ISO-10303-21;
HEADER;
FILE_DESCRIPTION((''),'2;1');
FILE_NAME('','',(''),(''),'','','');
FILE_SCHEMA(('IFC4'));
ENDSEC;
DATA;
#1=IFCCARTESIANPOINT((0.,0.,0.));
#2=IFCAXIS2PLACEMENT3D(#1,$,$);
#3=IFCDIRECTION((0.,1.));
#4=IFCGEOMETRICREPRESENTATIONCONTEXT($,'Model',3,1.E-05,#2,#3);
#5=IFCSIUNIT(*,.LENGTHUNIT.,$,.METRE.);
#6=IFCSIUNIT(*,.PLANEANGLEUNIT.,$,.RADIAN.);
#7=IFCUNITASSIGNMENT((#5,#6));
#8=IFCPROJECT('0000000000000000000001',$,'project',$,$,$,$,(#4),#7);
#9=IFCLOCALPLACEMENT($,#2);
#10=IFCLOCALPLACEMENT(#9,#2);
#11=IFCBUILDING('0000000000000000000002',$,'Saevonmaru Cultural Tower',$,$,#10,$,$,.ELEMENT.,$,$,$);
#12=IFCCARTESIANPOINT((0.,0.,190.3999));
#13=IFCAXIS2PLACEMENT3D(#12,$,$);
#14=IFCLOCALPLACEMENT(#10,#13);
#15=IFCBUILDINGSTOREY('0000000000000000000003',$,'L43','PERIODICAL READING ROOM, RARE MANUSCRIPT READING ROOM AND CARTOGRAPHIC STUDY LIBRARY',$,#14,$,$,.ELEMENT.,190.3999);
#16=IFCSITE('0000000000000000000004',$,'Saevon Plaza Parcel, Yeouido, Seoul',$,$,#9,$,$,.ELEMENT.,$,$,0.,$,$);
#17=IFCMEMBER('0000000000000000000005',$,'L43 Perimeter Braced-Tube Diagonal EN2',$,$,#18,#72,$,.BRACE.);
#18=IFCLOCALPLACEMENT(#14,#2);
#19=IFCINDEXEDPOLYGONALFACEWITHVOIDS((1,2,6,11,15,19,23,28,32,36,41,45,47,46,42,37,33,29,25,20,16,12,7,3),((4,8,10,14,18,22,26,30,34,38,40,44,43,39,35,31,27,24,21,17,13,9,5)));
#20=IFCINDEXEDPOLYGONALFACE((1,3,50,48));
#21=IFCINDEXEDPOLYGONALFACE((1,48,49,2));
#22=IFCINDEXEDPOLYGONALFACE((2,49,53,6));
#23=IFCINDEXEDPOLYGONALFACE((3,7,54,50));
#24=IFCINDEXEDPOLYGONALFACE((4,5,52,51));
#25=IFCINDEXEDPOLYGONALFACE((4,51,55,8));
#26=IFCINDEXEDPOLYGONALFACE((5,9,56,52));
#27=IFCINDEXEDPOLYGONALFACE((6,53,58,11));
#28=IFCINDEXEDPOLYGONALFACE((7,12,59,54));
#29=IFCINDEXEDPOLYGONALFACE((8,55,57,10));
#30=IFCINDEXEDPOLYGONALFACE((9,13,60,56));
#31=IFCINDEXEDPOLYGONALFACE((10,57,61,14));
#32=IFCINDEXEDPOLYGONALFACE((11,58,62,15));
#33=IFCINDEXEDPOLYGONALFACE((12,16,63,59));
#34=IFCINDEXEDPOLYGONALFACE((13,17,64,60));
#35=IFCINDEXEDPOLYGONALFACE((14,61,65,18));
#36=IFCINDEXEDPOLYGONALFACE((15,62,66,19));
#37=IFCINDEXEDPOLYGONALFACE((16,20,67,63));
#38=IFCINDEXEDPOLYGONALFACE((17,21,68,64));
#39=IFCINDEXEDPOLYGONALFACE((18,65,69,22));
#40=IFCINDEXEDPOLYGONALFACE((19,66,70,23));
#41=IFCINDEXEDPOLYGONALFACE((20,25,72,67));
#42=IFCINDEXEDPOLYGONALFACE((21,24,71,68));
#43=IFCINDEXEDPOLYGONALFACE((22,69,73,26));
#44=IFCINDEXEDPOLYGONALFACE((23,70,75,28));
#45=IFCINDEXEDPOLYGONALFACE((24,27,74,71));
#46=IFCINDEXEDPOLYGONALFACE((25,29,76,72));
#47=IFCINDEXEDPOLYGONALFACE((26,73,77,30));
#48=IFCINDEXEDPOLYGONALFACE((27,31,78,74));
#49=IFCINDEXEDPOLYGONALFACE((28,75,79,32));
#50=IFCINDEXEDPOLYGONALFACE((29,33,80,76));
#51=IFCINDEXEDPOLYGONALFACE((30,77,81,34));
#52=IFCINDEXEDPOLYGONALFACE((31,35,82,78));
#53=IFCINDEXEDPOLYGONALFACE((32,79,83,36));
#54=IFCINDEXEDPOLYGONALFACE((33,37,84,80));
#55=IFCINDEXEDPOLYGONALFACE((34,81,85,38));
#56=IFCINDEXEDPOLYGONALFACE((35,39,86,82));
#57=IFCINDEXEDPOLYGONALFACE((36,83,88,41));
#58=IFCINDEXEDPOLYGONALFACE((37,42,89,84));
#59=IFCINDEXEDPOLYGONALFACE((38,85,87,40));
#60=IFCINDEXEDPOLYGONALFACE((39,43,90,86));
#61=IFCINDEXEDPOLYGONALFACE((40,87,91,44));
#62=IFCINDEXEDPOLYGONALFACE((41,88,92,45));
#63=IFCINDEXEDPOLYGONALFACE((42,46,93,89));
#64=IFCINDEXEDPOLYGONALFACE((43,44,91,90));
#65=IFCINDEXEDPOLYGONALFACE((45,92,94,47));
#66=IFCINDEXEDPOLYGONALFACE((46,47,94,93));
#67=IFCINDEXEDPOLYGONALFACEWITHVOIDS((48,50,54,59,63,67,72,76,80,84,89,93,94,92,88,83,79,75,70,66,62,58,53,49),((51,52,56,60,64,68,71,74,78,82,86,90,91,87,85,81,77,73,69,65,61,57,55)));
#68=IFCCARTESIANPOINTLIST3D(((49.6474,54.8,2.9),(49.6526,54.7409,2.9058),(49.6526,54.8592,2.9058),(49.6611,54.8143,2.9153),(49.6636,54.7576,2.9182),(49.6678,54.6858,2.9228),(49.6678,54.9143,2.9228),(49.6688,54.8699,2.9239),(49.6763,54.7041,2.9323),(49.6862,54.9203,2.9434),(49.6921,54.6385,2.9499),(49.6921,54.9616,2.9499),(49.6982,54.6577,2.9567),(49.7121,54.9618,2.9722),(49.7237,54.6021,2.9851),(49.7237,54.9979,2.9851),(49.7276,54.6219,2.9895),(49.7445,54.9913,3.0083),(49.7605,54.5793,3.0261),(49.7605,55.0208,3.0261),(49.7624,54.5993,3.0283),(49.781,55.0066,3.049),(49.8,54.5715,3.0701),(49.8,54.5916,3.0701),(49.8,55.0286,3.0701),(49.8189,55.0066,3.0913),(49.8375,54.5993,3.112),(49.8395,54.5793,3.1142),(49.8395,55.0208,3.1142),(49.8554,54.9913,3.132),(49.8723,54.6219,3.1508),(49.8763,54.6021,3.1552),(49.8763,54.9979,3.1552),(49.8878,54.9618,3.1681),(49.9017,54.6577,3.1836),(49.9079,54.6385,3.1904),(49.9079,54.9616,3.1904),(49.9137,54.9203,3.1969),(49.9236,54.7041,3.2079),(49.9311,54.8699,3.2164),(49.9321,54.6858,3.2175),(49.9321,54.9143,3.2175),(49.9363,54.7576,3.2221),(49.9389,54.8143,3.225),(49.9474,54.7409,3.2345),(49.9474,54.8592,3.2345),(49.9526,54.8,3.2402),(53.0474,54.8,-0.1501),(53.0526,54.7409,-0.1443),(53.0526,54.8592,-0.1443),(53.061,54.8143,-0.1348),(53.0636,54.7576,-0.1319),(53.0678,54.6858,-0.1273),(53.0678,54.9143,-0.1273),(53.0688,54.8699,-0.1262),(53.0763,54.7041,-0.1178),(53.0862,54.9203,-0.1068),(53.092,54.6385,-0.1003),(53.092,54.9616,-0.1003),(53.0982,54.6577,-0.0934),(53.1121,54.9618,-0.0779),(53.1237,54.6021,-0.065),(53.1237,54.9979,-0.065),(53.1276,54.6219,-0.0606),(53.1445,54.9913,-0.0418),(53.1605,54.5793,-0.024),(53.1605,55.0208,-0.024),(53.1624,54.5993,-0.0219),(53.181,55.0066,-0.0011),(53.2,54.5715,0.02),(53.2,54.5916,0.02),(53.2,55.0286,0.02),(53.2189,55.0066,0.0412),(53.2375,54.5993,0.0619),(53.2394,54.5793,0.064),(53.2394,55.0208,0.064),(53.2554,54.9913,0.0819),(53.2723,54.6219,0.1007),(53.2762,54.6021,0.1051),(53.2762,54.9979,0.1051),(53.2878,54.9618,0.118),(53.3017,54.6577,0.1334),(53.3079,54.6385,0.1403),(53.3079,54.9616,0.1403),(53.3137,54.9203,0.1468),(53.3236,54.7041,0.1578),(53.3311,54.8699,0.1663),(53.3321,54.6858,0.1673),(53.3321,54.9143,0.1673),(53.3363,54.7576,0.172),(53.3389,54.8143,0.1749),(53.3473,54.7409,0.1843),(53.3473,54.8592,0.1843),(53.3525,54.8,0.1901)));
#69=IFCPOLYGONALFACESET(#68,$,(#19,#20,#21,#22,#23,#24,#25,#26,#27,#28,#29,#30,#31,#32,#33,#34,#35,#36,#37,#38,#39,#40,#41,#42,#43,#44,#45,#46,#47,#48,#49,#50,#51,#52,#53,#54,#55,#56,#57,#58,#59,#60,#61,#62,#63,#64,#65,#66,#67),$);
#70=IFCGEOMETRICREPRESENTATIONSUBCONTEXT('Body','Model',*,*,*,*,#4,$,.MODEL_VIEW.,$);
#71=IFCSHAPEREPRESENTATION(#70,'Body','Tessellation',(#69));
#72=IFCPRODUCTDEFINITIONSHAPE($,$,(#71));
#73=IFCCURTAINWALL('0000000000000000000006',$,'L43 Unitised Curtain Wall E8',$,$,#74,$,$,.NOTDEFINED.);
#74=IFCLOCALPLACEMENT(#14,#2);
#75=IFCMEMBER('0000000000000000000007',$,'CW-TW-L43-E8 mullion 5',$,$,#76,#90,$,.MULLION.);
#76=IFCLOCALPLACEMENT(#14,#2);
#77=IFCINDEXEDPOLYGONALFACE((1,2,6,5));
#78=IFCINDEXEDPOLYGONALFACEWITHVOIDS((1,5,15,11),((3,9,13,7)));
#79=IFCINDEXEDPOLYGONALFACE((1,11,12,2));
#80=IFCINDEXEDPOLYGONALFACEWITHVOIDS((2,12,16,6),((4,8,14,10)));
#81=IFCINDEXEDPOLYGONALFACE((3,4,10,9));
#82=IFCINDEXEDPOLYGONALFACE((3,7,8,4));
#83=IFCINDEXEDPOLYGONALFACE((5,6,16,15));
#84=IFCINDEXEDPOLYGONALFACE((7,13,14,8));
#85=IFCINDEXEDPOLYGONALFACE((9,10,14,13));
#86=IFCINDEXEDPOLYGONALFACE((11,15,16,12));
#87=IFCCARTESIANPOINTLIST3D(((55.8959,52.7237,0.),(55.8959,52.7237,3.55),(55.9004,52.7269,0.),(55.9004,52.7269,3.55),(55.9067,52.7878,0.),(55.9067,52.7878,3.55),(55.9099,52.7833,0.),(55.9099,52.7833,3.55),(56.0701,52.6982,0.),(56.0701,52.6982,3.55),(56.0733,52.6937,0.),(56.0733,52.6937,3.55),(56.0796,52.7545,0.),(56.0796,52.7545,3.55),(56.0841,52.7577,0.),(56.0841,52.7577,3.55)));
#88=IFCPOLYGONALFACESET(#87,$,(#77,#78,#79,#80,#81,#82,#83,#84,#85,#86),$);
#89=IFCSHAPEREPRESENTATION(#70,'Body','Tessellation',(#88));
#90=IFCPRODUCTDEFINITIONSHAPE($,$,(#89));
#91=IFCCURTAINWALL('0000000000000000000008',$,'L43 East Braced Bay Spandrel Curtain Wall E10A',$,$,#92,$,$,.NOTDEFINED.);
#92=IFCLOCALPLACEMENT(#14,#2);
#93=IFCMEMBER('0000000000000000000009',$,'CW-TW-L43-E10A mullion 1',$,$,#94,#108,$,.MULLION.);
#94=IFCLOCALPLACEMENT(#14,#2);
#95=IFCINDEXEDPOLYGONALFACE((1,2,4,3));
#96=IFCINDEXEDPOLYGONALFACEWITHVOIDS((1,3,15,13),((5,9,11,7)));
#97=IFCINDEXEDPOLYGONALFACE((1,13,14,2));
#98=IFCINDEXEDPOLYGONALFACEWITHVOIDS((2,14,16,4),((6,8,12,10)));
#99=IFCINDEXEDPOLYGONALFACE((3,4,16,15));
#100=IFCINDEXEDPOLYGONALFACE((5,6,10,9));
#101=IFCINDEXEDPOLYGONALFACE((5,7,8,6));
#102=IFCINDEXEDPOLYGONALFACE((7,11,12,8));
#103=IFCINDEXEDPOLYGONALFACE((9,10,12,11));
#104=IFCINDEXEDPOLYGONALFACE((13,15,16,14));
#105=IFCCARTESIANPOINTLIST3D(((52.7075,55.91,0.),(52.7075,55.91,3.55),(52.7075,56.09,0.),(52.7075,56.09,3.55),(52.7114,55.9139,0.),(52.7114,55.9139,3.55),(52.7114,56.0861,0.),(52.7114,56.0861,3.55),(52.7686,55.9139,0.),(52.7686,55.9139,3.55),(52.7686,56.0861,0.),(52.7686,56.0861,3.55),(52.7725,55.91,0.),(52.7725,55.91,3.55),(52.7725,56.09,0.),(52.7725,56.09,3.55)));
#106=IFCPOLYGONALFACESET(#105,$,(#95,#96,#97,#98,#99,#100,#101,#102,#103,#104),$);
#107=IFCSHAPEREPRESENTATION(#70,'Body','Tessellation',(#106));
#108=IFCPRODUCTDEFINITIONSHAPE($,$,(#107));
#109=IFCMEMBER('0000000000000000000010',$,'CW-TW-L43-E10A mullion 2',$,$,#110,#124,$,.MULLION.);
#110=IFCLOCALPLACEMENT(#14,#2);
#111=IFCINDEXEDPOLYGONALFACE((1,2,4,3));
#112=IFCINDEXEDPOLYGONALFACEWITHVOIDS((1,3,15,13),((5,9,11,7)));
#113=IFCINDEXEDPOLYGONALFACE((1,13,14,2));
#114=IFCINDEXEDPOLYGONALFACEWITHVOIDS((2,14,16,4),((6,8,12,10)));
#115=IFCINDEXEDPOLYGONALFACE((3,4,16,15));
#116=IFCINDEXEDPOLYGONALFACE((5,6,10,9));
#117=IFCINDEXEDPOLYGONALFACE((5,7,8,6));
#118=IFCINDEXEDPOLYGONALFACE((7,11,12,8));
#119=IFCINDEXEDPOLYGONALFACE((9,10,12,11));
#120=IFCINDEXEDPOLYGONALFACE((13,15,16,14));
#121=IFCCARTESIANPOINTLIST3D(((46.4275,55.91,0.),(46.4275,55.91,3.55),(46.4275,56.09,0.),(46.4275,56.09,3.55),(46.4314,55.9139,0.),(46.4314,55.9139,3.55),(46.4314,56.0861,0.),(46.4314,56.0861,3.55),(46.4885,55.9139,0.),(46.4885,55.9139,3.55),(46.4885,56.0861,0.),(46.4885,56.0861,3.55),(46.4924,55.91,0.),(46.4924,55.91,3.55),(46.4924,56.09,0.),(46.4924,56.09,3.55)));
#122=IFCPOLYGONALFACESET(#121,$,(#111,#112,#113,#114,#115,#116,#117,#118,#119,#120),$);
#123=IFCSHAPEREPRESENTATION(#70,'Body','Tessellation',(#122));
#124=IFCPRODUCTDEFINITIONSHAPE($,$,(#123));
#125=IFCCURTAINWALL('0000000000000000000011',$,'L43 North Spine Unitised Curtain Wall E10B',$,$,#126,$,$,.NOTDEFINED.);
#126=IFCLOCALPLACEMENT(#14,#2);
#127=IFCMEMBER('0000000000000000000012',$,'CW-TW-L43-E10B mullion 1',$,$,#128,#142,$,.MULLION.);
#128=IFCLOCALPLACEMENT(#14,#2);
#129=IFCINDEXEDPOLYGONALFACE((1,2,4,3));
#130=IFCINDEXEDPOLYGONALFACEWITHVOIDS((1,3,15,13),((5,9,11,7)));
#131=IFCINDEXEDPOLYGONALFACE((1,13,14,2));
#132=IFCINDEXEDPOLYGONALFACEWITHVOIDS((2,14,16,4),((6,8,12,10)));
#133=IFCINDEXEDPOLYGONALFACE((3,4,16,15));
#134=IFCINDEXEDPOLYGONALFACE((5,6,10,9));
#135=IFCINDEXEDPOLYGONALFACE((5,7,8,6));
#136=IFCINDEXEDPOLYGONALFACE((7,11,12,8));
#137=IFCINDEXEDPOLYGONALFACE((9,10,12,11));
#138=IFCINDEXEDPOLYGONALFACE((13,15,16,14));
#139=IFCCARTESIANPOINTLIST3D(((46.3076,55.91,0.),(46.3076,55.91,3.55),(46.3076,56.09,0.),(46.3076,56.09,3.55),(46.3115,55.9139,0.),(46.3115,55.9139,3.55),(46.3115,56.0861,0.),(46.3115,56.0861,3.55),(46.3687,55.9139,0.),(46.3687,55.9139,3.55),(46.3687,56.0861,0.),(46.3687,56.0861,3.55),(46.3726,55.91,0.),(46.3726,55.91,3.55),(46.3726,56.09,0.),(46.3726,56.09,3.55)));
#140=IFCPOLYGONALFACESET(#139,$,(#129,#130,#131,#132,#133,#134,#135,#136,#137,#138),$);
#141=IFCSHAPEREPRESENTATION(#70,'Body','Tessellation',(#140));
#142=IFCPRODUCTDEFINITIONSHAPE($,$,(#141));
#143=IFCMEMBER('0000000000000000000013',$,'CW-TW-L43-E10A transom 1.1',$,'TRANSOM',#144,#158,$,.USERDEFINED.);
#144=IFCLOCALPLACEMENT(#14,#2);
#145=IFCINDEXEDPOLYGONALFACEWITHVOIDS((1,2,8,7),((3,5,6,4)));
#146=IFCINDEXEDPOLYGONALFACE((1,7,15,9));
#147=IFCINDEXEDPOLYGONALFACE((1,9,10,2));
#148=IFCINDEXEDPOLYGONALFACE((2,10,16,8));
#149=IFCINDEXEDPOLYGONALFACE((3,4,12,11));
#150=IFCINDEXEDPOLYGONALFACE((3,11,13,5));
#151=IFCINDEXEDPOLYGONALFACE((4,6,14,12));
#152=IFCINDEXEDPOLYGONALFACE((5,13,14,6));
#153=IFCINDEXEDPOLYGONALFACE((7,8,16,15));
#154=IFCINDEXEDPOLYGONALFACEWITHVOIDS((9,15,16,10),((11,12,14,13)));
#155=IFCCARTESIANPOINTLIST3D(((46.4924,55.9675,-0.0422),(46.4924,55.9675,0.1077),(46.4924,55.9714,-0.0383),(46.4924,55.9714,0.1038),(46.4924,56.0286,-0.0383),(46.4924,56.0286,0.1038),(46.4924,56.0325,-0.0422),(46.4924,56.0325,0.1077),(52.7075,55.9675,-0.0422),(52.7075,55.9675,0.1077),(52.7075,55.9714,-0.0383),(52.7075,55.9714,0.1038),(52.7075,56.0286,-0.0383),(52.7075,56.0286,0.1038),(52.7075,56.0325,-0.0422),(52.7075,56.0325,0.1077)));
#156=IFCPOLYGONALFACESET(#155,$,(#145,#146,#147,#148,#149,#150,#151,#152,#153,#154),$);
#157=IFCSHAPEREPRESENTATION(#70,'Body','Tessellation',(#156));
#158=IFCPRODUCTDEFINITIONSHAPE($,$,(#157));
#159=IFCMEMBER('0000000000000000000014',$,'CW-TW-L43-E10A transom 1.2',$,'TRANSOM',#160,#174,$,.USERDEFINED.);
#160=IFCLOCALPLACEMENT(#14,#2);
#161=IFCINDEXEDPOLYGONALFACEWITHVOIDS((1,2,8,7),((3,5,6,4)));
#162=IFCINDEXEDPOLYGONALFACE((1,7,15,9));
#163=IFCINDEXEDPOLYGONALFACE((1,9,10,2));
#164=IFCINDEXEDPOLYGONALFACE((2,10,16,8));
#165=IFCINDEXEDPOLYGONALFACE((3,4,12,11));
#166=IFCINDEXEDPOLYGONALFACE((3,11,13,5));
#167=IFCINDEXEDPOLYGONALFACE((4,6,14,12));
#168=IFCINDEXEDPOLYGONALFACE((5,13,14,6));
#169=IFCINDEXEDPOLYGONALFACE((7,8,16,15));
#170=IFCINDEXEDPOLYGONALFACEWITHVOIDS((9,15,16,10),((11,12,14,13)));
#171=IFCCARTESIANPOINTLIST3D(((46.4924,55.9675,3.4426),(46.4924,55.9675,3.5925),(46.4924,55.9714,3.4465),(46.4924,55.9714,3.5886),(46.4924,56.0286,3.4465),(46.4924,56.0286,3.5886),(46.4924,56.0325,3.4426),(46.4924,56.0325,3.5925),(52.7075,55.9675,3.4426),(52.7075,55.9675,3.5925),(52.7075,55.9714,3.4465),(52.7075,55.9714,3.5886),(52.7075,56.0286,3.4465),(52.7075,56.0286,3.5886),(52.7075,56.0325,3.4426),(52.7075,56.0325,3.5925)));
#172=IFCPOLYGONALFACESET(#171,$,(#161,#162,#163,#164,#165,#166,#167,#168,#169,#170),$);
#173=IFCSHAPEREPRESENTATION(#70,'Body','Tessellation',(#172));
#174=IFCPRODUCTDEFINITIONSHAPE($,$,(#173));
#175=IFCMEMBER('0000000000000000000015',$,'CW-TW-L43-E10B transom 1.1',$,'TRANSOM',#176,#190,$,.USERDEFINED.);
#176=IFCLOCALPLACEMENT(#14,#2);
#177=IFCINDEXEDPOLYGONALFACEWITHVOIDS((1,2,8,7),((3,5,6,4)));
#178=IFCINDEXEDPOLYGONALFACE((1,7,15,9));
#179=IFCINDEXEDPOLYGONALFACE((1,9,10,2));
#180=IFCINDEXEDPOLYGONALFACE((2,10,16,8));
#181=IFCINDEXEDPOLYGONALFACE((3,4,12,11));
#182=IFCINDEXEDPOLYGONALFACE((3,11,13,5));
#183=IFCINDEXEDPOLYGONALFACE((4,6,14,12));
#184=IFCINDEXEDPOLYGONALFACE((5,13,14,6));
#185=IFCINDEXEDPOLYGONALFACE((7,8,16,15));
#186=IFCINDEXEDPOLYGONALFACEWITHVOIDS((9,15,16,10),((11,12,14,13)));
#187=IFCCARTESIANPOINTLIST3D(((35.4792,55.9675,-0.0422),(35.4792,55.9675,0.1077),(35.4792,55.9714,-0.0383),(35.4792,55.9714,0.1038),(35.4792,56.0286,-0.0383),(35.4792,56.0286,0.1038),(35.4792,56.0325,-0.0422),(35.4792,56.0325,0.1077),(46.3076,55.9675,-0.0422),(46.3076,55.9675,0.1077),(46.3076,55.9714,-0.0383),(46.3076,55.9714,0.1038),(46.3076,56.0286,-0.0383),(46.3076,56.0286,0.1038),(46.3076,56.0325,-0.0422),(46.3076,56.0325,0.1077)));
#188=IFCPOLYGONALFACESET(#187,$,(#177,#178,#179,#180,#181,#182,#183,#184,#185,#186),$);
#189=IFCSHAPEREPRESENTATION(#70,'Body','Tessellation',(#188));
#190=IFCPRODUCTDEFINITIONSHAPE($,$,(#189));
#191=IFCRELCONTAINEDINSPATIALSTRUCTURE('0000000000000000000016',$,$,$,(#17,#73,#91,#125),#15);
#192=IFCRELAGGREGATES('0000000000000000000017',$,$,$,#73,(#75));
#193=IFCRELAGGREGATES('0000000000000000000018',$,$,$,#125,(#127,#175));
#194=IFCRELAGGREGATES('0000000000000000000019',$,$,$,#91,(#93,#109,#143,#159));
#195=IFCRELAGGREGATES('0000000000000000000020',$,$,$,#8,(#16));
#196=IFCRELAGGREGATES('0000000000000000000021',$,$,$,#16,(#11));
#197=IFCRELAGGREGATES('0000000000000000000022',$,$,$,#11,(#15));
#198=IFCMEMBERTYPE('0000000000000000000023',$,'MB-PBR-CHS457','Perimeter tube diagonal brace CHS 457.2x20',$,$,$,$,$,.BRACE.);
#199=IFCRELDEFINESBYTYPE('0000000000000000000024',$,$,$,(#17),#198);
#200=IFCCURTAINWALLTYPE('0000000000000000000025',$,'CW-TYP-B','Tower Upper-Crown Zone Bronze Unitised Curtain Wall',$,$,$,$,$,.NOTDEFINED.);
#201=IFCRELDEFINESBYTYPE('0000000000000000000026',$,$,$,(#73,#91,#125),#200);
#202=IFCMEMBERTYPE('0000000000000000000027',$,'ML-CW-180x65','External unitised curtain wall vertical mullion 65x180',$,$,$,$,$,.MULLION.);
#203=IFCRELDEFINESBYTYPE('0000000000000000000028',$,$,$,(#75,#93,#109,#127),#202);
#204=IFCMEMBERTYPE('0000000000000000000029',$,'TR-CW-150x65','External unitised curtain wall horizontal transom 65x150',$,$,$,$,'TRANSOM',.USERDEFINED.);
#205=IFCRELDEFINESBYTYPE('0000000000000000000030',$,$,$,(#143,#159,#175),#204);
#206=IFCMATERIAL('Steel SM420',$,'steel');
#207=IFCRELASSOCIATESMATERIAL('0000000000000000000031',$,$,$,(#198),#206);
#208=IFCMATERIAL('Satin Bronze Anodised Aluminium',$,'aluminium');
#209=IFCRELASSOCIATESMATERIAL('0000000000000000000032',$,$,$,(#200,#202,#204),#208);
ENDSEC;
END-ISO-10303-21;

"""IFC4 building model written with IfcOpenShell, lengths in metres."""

from ifc_helpers import new_model, si_unit, direction, frame, origin, origin_2d, place, context, subcontext, project, spatial, hollow_rectangle, hollow_circle, extrude, material, material_profile, profile_set, type_object, element, aggregate, save


model = new_model("IFC4")

# Units and contexts
model_context = context("Model", 3, precision=1e-05, world=origin(), true_north=direction((0.0, 1.0)))
body_context = subcontext(model_context, "Body", "Model", "MODEL_VIEW")
ifc_project = project(units=[si_unit("LENGTHUNIT", "METRE"), si_unit("PLANEANGLEUNIT", "RADIAN")], contexts=[model_context])

# Site, building, storey
site_placement = place(None, origin())
site = spatial("IfcSite", under=ifc_project, at=site_placement, Name="Saevon Plaza Parcel, Yeouido, Seoul", CompositionType="ELEMENT", RefElevation=0.0)
building_placement = place(site_placement, origin())
building = spatial("IfcBuilding", under=site, at=building_placement, Name="Saevonmaru Cultural Tower", CompositionType="ELEMENT")
storey_placement = place(building_placement, frame((0.0, 0.0, 190.3999)))
storey = spatial("IfcBuildingStorey", under=building, at=storey_placement, Name="L43", Description="PERIODICAL READING ROOM, RARE MANUSCRIPT READING ROOM AND CARTOGRAPHIC STUDY LIBRARY", CompositionType="ELEMENT", Elevation=190.3999)

# Shared definitions
ifc_material_1 = material(Name="Steel SM420", Category="steel")

# Member
ifc_material_profile_1 = material_profile(ifc_material_1, hollow_circle(Radius=0.2285, WallThickness=0.02, at=origin_2d()), Name="CHS-457.2x20")
ifc_profile_set_1 = profile_set([ifc_material_profile_1], Name="Steel SM420")
member_type_1 = type_object("IfcMemberType", Name="MB-PBR-CHS457", Description="Perimeter tube diagonal brace CHS 457.2x20", PredefinedType="BRACE", material=ifc_profile_set_1)
for number, where, z_axis, x_axis, name in (
    (1, (53.2, 54.8, 0.02), (-0.744367, 0.0, 0.667771), (0.0, -1.0, 0.0), "L43 Perimeter Braced-Tube Diagonal EN2"),
):
    element("IfcMember", number, at=place(storey_placement, frame(where, z_axis=z_axis, x_axis=x_axis)), inside=storey, type_object=member_type_1, Name=name, PredefinedType="BRACE", context=body_context, shape_type="SweptSolid", body=[
        extrude(hollow_circle(Radius=0.2285, WallThickness=0.02, at=origin_2d()), origin(), (0.0, 0.0, 1.0), 4.5676),
    ])

# Curtain wall, member
ifc_material_2 = material(Name="Satin Bronze Anodised Aluminium", Category="aluminium")
curtain_wall_type = type_object("IfcCurtainWallType", Name="CW-TYP-B", Description="Tower Upper-Crown Zone Bronze Unitised Curtain Wall", PredefinedType="NOTDEFINED", material=ifc_material_2)
curtain_wall_1_placement = place(storey_placement, origin())
curtain_wall_1 = element("IfcCurtainWall", 2, at=curtain_wall_1_placement, inside=storey, type_object=curtain_wall_type, Name="L43 Unitised Curtain Wall E8", PredefinedType="NOTDEFINED")
ifc_material_profile_2 = material_profile(ifc_material_2, hollow_rectangle(XDim=0.0649, YDim=0.1799, WallThickness=0.0039, at=origin_2d()), Name="ALU-MULL-180x65x4")
ifc_profile_set_2 = profile_set([ifc_material_profile_2], Name="Satin Bronze Anodised Aluminium")
member_type_2 = type_object("IfcMemberType", Name="ML-CW-180x65", Description="External unitised curtain wall vertical mullion 65x180", PredefinedType="MULLION", material=ifc_profile_set_2)
member_1_placement = place(storey_placement, frame((55.99, 52.7407, 0.0), z_axis=(0.0, 0.0, 1.0), x_axis=(0.166922, 0.98597, 0.0)))
member_1 = element("IfcMember", 3, at=member_1_placement, type_object=member_type_2, Name="CW-TW-L43-E8 mullion 5", PredefinedType="MULLION", context=body_context, shape_type="SweptSolid", body=[
    extrude(hollow_rectangle(XDim=0.0649, YDim=0.1799, WallThickness=0.0039, at=origin_2d()), origin(), (0.0, 0.0, 1.0), 3.55),
])
aggregate(curtain_wall_1, [member_1])

# Curtain wall, members
curtain_wall_2_placement = place(storey_placement, origin())
curtain_wall_2 = element("IfcCurtainWall", 4, at=curtain_wall_2_placement, inside=storey, type_object=curtain_wall_type, Name="L43 East Braced Bay Spandrel Curtain Wall E10A", PredefinedType="NOTDEFINED")
member_2_placement = place(storey_placement, frame((52.74, 56.0, 0.0), z_axis=(0.0, 0.0, 1.0), x_axis=(-1.0, 0.0, 0.0)))
member_2 = element("IfcMember", 5, at=member_2_placement, type_object=member_type_2, Name="CW-TW-L43-E10A mullion 1", PredefinedType="MULLION", context=body_context, shape_type="SweptSolid", body=[
    extrude(hollow_rectangle(XDim=0.0649, YDim=0.1799, WallThickness=0.0039, at=origin_2d()), origin(), (0.0, 0.0, 1.0), 3.55),
])
member_3_placement = place(storey_placement, frame((46.46, 56.0, 0.0), z_axis=(0.0, 0.0, 1.0), x_axis=(-1.0, 0.0, 0.0)))
member_3 = element("IfcMember", 6, at=member_3_placement, type_object=member_type_2, Name="CW-TW-L43-E10A mullion 2", PredefinedType="MULLION", context=body_context, shape_type="SweptSolid", body=[
    extrude(hollow_rectangle(XDim=0.0649, YDim=0.1799, WallThickness=0.0039, at=origin_2d()), origin(), (0.0, 0.0, 1.0), 3.55),
])

# Curtain wall, member
curtain_wall_3_placement = place(storey_placement, origin())
curtain_wall_3 = element("IfcCurtainWall", 7, at=curtain_wall_3_placement, inside=storey, type_object=curtain_wall_type, Name="L43 North Spine Unitised Curtain Wall E10B", PredefinedType="NOTDEFINED")
member_4_placement = place(storey_placement, frame((46.3401, 56.0, 0.0), z_axis=(0.0, 0.0, 1.0), x_axis=(-1.0, 0.0, 0.0)))
member_4 = element("IfcMember", 8, at=member_4_placement, type_object=member_type_2, Name="CW-TW-L43-E10B mullion 1", PredefinedType="MULLION", context=body_context, shape_type="SweptSolid", body=[
    extrude(hollow_rectangle(XDim=0.0649, YDim=0.1799, WallThickness=0.0039, at=origin_2d()), origin(), (0.0, 0.0, 1.0), 3.55),
])

# Members
ifc_material_profile_3 = material_profile(ifc_material_2, hollow_rectangle(XDim=0.0649, YDim=0.1499, WallThickness=0.0039, at=origin_2d()), Name="ALU-TRAN-150x65x4")
ifc_profile_set_3 = profile_set([ifc_material_profile_3], Name="Satin Bronze Anodised Aluminium")
member_type_3 = type_object("IfcMemberType", Name="TR-CW-150x65", Description="External unitised curtain wall horizontal transom 65x150", ElementType="TRANSOM", PredefinedType="USERDEFINED", material=ifc_profile_set_3)
member_5_placement = place(storey_placement, frame((52.7075, 56.0, 0.0327), z_axis=(-1.0, 0.0, 0.0), x_axis=(0.0, -1.0, 0.0)))
member_5 = element("IfcMember", 9, at=member_5_placement, type_object=member_type_3, Name="CW-TW-L43-E10A transom 1.1", ObjectType="TRANSOM", PredefinedType="USERDEFINED", context=body_context, shape_type="SweptSolid", body=[
    extrude(hollow_rectangle(XDim=0.0649, YDim=0.1499, WallThickness=0.0039, at=origin_2d()), origin(), (0.0, 0.0, 1.0), 6.2151),
])
member_6_placement = place(storey_placement, frame((52.7075, 56.0, 3.5176), z_axis=(-1.0, 0.0, 0.0), x_axis=(0.0, -1.0, 0.0)))
member_6 = element("IfcMember", 10, at=member_6_placement, type_object=member_type_3, Name="CW-TW-L43-E10A transom 1.2", ObjectType="TRANSOM", PredefinedType="USERDEFINED", context=body_context, shape_type="SweptSolid", body=[
    extrude(hollow_rectangle(XDim=0.0649, YDim=0.1499, WallThickness=0.0039, at=origin_2d()), origin(), (0.0, 0.0, 1.0), 6.2151),
])
member_7_placement = place(storey_placement, frame((46.3076, 56.0, 0.0327), z_axis=(-1.0, 0.0, 0.0), x_axis=(0.0, -1.0, 0.0)))
member_7 = element("IfcMember", 11, at=member_7_placement, type_object=member_type_3, Name="CW-TW-L43-E10B transom 1.1", ObjectType="TRANSOM", PredefinedType="USERDEFINED", context=body_context, shape_type="SweptSolid", body=[
    extrude(hollow_rectangle(XDim=0.0649, YDim=0.1499, WallThickness=0.0039, at=origin_2d()), origin(), (0.0, 0.0, 1.0), 10.8284),
])
aggregate(curtain_wall_3, [member_4, member_7])

aggregate(curtain_wall_2, [member_2, member_3, member_5, member_6])

save(model, "model.ifc")
